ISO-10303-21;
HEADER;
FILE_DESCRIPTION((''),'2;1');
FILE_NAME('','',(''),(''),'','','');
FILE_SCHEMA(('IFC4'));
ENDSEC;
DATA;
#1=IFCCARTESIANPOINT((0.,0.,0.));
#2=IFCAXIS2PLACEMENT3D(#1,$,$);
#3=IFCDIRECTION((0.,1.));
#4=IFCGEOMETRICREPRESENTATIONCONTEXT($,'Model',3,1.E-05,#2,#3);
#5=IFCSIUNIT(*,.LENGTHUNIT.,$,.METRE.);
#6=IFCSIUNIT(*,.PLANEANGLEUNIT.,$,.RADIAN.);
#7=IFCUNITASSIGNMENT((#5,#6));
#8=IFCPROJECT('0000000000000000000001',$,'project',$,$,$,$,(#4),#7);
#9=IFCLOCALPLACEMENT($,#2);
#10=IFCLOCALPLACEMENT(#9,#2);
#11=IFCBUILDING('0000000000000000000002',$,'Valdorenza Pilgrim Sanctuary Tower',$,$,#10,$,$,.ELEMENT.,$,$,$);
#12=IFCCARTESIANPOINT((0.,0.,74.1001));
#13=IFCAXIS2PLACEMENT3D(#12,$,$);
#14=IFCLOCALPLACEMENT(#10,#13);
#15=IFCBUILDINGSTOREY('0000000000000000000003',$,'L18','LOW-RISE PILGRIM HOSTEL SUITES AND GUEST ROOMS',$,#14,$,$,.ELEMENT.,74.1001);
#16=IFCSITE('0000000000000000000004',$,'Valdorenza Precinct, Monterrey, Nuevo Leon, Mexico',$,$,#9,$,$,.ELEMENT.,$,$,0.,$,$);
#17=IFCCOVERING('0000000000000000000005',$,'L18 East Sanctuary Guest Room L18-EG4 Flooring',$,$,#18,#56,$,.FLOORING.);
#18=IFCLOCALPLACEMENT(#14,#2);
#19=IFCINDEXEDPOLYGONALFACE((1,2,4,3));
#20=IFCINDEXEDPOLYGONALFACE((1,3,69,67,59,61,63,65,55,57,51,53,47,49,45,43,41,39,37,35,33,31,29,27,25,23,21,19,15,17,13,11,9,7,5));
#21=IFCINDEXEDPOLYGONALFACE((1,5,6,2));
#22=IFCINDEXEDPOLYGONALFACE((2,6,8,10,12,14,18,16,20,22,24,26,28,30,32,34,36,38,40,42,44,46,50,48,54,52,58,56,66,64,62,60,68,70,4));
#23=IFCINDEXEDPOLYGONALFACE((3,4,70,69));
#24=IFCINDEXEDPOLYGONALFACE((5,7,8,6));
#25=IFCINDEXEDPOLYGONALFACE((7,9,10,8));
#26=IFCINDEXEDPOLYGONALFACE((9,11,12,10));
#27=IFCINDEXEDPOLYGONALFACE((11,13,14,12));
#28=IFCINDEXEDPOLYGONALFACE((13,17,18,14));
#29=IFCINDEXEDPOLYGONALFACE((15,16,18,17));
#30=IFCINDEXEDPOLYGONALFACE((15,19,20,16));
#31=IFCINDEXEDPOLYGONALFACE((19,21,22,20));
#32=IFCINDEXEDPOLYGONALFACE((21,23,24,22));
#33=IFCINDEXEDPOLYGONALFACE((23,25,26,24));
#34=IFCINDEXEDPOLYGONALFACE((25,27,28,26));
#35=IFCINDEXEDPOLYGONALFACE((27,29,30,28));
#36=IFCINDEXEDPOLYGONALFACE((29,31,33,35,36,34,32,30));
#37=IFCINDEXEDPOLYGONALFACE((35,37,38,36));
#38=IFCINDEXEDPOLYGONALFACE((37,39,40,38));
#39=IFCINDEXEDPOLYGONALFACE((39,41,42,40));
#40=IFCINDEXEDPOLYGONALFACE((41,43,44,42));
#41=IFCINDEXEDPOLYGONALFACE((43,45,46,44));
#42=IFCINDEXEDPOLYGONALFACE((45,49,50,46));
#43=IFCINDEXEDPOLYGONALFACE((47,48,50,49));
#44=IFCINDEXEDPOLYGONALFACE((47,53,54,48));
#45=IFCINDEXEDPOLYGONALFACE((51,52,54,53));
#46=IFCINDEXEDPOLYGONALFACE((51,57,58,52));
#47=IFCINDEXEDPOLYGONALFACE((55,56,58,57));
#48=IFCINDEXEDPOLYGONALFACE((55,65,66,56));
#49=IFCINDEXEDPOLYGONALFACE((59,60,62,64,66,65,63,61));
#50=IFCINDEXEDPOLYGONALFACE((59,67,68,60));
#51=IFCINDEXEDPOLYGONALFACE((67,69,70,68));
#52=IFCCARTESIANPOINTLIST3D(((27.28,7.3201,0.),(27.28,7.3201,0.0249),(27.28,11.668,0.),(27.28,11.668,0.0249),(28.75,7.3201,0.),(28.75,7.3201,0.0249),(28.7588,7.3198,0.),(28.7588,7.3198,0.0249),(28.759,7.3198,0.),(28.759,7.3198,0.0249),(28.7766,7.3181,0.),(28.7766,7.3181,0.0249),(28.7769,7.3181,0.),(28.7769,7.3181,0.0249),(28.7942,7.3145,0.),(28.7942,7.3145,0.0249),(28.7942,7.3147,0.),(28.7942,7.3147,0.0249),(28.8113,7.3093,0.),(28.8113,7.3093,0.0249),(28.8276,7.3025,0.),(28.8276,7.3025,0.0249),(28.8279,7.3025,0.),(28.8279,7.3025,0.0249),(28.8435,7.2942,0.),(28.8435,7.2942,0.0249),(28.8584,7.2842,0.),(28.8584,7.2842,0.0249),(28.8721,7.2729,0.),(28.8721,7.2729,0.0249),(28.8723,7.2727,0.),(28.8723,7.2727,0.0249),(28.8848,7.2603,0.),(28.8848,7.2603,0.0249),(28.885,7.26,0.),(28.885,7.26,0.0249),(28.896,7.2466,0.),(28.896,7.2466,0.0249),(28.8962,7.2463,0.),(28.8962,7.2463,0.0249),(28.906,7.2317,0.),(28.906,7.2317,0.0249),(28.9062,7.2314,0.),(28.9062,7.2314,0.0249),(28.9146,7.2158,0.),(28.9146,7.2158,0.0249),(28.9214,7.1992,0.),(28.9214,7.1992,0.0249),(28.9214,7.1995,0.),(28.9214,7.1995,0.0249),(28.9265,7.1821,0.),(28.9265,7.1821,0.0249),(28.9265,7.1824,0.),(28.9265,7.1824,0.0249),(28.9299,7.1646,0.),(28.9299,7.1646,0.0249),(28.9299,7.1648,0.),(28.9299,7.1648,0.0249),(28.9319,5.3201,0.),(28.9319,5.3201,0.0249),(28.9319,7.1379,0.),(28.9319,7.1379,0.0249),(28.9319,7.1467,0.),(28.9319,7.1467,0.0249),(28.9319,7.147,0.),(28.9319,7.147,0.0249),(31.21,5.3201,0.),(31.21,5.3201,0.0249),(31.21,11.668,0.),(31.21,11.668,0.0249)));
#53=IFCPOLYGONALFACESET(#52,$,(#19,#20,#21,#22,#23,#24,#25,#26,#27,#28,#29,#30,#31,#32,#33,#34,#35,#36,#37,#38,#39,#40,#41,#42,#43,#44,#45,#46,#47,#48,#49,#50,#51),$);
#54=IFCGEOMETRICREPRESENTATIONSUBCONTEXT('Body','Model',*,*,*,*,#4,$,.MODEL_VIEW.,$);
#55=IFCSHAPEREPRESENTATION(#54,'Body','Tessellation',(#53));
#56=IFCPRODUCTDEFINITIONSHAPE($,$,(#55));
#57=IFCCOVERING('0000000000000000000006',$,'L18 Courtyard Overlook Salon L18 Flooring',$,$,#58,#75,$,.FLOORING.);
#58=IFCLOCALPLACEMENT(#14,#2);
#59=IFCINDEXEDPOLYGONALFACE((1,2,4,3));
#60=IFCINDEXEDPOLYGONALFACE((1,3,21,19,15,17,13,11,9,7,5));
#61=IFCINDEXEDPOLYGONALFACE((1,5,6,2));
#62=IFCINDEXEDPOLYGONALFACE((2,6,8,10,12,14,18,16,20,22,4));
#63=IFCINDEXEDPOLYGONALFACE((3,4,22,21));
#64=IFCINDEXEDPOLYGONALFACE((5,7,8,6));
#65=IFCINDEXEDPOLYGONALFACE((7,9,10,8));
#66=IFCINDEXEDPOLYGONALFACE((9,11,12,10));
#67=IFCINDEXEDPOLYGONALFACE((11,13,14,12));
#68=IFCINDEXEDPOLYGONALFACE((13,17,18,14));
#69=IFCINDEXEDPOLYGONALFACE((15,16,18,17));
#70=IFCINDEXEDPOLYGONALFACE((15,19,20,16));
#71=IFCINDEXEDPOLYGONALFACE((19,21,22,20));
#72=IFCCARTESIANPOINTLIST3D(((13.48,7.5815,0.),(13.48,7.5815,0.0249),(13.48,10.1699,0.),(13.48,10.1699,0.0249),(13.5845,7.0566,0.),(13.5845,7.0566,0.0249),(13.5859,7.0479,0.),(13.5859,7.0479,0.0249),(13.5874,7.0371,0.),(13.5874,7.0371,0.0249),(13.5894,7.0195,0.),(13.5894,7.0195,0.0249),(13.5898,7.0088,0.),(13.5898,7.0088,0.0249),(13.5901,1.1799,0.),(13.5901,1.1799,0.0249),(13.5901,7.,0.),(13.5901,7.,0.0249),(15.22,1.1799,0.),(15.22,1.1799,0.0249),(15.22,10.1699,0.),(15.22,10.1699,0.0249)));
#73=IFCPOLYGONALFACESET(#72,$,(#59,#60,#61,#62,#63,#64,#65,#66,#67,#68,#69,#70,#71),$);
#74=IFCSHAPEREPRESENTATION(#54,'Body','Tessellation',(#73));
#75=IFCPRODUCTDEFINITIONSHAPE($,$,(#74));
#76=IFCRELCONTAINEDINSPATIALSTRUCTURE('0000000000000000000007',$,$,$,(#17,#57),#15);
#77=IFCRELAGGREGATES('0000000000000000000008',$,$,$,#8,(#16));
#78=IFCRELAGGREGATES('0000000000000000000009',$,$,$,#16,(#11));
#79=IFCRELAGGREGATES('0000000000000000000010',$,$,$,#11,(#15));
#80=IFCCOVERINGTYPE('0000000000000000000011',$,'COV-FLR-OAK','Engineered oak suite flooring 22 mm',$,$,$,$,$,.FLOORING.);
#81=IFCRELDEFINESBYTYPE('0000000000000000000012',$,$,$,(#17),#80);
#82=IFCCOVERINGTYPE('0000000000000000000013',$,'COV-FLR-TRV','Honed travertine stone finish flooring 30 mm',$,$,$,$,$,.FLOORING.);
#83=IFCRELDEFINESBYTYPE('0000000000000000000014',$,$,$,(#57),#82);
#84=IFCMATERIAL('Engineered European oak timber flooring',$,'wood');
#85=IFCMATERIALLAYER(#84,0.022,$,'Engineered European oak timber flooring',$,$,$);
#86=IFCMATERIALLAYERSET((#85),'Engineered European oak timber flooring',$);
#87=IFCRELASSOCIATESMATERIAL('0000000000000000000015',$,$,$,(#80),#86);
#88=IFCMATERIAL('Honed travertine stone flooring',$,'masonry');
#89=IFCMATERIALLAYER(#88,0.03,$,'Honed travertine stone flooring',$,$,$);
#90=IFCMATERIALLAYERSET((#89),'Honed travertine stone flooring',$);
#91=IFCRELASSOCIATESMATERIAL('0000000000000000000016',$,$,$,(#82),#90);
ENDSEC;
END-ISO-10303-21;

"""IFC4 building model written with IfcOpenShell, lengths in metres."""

from ifc_helpers import new_model, si_unit, direction, frame, origin, place, context, subcontext, project, spatial, polyline, outline, extrude, material, layer, layer_set, type_object, element, save


model = new_model("IFC4")

# Units and contexts
model_context = context("Model", 3, precision=1e-05, world=origin(), true_north=direction((0.0, 1.0)))
body_context = subcontext(model_context, "Body", "Model", "MODEL_VIEW")
ifc_project = project(units=[si_unit("LENGTHUNIT", "METRE"), si_unit("PLANEANGLEUNIT", "RADIAN")], contexts=[model_context])

# Site, building, storey
site_placement = place(None, origin())
site = spatial("IfcSite", under=ifc_project, at=site_placement, Name="Valdorenza Precinct, Monterrey, Nuevo Leon, Mexico", CompositionType="ELEMENT", RefElevation=0.0)
building_placement = place(site_placement, origin())
building = spatial("IfcBuilding", under=site, at=building_placement, Name="Valdorenza Pilgrim Sanctuary Tower", CompositionType="ELEMENT")
storey_placement = place(building_placement, frame((0.0, 0.0, 74.1001)))
storey = spatial("IfcBuildingStorey", under=building, at=storey_placement, Name="L18", Description="LOW-RISE PILGRIM HOSTEL SUITES AND GUEST ROOMS", CompositionType="ELEMENT", Elevation=74.1001)

# Coverings
ifc_material_1 = material(Name="Engineered European oak timber flooring", Category="wood")
ifc_layer_1 = layer(ifc_material_1, 0.022, Name="Engineered European oak timber flooring")
ifc_layer_set_1 = layer_set([ifc_layer_1], Name="Engineered European oak timber flooring")
covering_type_1 = type_object("IfcCoveringType", Name="COV-FLR-OAK", Description="Engineered oak suite flooring 22 mm", PredefinedType="FLOORING", material=ifc_layer_set_1)
covering_1_placement = place(storey_placement, origin())
element("IfcCovering", 1, at=covering_1_placement, inside=storey, type_object=covering_type_1, Name="L18 East Sanctuary Guest Room L18-EG4 Flooring", PredefinedType="FLOORING", context=body_context, shape_type="SweptSolid", body=[
    extrude(outline(polyline([(31.21, 5.3201), (28.9319, 5.3201), (28.9319, 7.1379), (28.9319, 7.1467), (28.9319, 7.147), (28.9299, 7.1646), (28.9299, 7.1648), (28.9265, 7.1821), (28.9265, 7.1824), (28.9214, 7.1992), (28.9214, 7.1995), (28.9146, 7.2158), (28.9146, 7.2158), (28.9062, 7.2314), (28.906, 7.2317), (28.8962, 7.2463), (28.896, 7.2466), (28.885, 7.26), (28.8848, 7.2603), (28.8723, 7.2727), (28.8721, 7.2729), (28.8584, 7.2842), (28.8584, 7.2842), (28.8435, 7.2942), (28.8435, 7.2942), (28.8279, 7.3025), (28.8276, 7.3025), (28.8113, 7.3093), (28.8113, 7.3093), (28.7942, 7.3145), (28.7942, 7.3147), (28.7769, 7.3181), (28.7766, 7.3181), (28.759, 7.3198), (28.7588, 7.3198), (28.75, 7.3201), (27.28, 7.3201), (27.28, 11.668), (31.21, 11.668), (31.21, 5.3201)])), origin(), (0.0, 0.0, 1.0), 0.0249),
])
ifc_material_2 = material(Name="Honed travertine stone flooring", Category="masonry")
ifc_layer_2 = layer(ifc_material_2, 0.03, Name="Honed travertine stone flooring")
ifc_layer_set_2 = layer_set([ifc_layer_2], Name="Honed travertine stone flooring")
covering_type_2 = type_object("IfcCoveringType", Name="COV-FLR-TRV", Description="Honed travertine stone finish flooring 30 mm", PredefinedType="FLOORING", material=ifc_layer_set_2)
covering_2_placement = place(storey_placement, origin())
element("IfcCovering", 2, at=covering_2_placement, inside=storey, type_object=covering_type_2, Name="L18 Courtyard Overlook Salon L18 Flooring", PredefinedType="FLOORING", context=body_context, shape_type="SweptSolid", body=[
    extrude(outline(polyline([(15.22, 10.1699), (15.22, 1.1799), (13.5901, 1.1799), (13.5901, 7.0), (13.5898, 7.0088), (13.5894, 7.0195), (13.5874, 7.0371), (13.5859, 7.0479), (13.5845, 7.0566), (13.48, 7.5815), (13.48, 10.1699), (15.22, 10.1699)])), origin(), (0.0, 0.0, 1.0), 0.0249),
])

save(model, "model.ifc")
